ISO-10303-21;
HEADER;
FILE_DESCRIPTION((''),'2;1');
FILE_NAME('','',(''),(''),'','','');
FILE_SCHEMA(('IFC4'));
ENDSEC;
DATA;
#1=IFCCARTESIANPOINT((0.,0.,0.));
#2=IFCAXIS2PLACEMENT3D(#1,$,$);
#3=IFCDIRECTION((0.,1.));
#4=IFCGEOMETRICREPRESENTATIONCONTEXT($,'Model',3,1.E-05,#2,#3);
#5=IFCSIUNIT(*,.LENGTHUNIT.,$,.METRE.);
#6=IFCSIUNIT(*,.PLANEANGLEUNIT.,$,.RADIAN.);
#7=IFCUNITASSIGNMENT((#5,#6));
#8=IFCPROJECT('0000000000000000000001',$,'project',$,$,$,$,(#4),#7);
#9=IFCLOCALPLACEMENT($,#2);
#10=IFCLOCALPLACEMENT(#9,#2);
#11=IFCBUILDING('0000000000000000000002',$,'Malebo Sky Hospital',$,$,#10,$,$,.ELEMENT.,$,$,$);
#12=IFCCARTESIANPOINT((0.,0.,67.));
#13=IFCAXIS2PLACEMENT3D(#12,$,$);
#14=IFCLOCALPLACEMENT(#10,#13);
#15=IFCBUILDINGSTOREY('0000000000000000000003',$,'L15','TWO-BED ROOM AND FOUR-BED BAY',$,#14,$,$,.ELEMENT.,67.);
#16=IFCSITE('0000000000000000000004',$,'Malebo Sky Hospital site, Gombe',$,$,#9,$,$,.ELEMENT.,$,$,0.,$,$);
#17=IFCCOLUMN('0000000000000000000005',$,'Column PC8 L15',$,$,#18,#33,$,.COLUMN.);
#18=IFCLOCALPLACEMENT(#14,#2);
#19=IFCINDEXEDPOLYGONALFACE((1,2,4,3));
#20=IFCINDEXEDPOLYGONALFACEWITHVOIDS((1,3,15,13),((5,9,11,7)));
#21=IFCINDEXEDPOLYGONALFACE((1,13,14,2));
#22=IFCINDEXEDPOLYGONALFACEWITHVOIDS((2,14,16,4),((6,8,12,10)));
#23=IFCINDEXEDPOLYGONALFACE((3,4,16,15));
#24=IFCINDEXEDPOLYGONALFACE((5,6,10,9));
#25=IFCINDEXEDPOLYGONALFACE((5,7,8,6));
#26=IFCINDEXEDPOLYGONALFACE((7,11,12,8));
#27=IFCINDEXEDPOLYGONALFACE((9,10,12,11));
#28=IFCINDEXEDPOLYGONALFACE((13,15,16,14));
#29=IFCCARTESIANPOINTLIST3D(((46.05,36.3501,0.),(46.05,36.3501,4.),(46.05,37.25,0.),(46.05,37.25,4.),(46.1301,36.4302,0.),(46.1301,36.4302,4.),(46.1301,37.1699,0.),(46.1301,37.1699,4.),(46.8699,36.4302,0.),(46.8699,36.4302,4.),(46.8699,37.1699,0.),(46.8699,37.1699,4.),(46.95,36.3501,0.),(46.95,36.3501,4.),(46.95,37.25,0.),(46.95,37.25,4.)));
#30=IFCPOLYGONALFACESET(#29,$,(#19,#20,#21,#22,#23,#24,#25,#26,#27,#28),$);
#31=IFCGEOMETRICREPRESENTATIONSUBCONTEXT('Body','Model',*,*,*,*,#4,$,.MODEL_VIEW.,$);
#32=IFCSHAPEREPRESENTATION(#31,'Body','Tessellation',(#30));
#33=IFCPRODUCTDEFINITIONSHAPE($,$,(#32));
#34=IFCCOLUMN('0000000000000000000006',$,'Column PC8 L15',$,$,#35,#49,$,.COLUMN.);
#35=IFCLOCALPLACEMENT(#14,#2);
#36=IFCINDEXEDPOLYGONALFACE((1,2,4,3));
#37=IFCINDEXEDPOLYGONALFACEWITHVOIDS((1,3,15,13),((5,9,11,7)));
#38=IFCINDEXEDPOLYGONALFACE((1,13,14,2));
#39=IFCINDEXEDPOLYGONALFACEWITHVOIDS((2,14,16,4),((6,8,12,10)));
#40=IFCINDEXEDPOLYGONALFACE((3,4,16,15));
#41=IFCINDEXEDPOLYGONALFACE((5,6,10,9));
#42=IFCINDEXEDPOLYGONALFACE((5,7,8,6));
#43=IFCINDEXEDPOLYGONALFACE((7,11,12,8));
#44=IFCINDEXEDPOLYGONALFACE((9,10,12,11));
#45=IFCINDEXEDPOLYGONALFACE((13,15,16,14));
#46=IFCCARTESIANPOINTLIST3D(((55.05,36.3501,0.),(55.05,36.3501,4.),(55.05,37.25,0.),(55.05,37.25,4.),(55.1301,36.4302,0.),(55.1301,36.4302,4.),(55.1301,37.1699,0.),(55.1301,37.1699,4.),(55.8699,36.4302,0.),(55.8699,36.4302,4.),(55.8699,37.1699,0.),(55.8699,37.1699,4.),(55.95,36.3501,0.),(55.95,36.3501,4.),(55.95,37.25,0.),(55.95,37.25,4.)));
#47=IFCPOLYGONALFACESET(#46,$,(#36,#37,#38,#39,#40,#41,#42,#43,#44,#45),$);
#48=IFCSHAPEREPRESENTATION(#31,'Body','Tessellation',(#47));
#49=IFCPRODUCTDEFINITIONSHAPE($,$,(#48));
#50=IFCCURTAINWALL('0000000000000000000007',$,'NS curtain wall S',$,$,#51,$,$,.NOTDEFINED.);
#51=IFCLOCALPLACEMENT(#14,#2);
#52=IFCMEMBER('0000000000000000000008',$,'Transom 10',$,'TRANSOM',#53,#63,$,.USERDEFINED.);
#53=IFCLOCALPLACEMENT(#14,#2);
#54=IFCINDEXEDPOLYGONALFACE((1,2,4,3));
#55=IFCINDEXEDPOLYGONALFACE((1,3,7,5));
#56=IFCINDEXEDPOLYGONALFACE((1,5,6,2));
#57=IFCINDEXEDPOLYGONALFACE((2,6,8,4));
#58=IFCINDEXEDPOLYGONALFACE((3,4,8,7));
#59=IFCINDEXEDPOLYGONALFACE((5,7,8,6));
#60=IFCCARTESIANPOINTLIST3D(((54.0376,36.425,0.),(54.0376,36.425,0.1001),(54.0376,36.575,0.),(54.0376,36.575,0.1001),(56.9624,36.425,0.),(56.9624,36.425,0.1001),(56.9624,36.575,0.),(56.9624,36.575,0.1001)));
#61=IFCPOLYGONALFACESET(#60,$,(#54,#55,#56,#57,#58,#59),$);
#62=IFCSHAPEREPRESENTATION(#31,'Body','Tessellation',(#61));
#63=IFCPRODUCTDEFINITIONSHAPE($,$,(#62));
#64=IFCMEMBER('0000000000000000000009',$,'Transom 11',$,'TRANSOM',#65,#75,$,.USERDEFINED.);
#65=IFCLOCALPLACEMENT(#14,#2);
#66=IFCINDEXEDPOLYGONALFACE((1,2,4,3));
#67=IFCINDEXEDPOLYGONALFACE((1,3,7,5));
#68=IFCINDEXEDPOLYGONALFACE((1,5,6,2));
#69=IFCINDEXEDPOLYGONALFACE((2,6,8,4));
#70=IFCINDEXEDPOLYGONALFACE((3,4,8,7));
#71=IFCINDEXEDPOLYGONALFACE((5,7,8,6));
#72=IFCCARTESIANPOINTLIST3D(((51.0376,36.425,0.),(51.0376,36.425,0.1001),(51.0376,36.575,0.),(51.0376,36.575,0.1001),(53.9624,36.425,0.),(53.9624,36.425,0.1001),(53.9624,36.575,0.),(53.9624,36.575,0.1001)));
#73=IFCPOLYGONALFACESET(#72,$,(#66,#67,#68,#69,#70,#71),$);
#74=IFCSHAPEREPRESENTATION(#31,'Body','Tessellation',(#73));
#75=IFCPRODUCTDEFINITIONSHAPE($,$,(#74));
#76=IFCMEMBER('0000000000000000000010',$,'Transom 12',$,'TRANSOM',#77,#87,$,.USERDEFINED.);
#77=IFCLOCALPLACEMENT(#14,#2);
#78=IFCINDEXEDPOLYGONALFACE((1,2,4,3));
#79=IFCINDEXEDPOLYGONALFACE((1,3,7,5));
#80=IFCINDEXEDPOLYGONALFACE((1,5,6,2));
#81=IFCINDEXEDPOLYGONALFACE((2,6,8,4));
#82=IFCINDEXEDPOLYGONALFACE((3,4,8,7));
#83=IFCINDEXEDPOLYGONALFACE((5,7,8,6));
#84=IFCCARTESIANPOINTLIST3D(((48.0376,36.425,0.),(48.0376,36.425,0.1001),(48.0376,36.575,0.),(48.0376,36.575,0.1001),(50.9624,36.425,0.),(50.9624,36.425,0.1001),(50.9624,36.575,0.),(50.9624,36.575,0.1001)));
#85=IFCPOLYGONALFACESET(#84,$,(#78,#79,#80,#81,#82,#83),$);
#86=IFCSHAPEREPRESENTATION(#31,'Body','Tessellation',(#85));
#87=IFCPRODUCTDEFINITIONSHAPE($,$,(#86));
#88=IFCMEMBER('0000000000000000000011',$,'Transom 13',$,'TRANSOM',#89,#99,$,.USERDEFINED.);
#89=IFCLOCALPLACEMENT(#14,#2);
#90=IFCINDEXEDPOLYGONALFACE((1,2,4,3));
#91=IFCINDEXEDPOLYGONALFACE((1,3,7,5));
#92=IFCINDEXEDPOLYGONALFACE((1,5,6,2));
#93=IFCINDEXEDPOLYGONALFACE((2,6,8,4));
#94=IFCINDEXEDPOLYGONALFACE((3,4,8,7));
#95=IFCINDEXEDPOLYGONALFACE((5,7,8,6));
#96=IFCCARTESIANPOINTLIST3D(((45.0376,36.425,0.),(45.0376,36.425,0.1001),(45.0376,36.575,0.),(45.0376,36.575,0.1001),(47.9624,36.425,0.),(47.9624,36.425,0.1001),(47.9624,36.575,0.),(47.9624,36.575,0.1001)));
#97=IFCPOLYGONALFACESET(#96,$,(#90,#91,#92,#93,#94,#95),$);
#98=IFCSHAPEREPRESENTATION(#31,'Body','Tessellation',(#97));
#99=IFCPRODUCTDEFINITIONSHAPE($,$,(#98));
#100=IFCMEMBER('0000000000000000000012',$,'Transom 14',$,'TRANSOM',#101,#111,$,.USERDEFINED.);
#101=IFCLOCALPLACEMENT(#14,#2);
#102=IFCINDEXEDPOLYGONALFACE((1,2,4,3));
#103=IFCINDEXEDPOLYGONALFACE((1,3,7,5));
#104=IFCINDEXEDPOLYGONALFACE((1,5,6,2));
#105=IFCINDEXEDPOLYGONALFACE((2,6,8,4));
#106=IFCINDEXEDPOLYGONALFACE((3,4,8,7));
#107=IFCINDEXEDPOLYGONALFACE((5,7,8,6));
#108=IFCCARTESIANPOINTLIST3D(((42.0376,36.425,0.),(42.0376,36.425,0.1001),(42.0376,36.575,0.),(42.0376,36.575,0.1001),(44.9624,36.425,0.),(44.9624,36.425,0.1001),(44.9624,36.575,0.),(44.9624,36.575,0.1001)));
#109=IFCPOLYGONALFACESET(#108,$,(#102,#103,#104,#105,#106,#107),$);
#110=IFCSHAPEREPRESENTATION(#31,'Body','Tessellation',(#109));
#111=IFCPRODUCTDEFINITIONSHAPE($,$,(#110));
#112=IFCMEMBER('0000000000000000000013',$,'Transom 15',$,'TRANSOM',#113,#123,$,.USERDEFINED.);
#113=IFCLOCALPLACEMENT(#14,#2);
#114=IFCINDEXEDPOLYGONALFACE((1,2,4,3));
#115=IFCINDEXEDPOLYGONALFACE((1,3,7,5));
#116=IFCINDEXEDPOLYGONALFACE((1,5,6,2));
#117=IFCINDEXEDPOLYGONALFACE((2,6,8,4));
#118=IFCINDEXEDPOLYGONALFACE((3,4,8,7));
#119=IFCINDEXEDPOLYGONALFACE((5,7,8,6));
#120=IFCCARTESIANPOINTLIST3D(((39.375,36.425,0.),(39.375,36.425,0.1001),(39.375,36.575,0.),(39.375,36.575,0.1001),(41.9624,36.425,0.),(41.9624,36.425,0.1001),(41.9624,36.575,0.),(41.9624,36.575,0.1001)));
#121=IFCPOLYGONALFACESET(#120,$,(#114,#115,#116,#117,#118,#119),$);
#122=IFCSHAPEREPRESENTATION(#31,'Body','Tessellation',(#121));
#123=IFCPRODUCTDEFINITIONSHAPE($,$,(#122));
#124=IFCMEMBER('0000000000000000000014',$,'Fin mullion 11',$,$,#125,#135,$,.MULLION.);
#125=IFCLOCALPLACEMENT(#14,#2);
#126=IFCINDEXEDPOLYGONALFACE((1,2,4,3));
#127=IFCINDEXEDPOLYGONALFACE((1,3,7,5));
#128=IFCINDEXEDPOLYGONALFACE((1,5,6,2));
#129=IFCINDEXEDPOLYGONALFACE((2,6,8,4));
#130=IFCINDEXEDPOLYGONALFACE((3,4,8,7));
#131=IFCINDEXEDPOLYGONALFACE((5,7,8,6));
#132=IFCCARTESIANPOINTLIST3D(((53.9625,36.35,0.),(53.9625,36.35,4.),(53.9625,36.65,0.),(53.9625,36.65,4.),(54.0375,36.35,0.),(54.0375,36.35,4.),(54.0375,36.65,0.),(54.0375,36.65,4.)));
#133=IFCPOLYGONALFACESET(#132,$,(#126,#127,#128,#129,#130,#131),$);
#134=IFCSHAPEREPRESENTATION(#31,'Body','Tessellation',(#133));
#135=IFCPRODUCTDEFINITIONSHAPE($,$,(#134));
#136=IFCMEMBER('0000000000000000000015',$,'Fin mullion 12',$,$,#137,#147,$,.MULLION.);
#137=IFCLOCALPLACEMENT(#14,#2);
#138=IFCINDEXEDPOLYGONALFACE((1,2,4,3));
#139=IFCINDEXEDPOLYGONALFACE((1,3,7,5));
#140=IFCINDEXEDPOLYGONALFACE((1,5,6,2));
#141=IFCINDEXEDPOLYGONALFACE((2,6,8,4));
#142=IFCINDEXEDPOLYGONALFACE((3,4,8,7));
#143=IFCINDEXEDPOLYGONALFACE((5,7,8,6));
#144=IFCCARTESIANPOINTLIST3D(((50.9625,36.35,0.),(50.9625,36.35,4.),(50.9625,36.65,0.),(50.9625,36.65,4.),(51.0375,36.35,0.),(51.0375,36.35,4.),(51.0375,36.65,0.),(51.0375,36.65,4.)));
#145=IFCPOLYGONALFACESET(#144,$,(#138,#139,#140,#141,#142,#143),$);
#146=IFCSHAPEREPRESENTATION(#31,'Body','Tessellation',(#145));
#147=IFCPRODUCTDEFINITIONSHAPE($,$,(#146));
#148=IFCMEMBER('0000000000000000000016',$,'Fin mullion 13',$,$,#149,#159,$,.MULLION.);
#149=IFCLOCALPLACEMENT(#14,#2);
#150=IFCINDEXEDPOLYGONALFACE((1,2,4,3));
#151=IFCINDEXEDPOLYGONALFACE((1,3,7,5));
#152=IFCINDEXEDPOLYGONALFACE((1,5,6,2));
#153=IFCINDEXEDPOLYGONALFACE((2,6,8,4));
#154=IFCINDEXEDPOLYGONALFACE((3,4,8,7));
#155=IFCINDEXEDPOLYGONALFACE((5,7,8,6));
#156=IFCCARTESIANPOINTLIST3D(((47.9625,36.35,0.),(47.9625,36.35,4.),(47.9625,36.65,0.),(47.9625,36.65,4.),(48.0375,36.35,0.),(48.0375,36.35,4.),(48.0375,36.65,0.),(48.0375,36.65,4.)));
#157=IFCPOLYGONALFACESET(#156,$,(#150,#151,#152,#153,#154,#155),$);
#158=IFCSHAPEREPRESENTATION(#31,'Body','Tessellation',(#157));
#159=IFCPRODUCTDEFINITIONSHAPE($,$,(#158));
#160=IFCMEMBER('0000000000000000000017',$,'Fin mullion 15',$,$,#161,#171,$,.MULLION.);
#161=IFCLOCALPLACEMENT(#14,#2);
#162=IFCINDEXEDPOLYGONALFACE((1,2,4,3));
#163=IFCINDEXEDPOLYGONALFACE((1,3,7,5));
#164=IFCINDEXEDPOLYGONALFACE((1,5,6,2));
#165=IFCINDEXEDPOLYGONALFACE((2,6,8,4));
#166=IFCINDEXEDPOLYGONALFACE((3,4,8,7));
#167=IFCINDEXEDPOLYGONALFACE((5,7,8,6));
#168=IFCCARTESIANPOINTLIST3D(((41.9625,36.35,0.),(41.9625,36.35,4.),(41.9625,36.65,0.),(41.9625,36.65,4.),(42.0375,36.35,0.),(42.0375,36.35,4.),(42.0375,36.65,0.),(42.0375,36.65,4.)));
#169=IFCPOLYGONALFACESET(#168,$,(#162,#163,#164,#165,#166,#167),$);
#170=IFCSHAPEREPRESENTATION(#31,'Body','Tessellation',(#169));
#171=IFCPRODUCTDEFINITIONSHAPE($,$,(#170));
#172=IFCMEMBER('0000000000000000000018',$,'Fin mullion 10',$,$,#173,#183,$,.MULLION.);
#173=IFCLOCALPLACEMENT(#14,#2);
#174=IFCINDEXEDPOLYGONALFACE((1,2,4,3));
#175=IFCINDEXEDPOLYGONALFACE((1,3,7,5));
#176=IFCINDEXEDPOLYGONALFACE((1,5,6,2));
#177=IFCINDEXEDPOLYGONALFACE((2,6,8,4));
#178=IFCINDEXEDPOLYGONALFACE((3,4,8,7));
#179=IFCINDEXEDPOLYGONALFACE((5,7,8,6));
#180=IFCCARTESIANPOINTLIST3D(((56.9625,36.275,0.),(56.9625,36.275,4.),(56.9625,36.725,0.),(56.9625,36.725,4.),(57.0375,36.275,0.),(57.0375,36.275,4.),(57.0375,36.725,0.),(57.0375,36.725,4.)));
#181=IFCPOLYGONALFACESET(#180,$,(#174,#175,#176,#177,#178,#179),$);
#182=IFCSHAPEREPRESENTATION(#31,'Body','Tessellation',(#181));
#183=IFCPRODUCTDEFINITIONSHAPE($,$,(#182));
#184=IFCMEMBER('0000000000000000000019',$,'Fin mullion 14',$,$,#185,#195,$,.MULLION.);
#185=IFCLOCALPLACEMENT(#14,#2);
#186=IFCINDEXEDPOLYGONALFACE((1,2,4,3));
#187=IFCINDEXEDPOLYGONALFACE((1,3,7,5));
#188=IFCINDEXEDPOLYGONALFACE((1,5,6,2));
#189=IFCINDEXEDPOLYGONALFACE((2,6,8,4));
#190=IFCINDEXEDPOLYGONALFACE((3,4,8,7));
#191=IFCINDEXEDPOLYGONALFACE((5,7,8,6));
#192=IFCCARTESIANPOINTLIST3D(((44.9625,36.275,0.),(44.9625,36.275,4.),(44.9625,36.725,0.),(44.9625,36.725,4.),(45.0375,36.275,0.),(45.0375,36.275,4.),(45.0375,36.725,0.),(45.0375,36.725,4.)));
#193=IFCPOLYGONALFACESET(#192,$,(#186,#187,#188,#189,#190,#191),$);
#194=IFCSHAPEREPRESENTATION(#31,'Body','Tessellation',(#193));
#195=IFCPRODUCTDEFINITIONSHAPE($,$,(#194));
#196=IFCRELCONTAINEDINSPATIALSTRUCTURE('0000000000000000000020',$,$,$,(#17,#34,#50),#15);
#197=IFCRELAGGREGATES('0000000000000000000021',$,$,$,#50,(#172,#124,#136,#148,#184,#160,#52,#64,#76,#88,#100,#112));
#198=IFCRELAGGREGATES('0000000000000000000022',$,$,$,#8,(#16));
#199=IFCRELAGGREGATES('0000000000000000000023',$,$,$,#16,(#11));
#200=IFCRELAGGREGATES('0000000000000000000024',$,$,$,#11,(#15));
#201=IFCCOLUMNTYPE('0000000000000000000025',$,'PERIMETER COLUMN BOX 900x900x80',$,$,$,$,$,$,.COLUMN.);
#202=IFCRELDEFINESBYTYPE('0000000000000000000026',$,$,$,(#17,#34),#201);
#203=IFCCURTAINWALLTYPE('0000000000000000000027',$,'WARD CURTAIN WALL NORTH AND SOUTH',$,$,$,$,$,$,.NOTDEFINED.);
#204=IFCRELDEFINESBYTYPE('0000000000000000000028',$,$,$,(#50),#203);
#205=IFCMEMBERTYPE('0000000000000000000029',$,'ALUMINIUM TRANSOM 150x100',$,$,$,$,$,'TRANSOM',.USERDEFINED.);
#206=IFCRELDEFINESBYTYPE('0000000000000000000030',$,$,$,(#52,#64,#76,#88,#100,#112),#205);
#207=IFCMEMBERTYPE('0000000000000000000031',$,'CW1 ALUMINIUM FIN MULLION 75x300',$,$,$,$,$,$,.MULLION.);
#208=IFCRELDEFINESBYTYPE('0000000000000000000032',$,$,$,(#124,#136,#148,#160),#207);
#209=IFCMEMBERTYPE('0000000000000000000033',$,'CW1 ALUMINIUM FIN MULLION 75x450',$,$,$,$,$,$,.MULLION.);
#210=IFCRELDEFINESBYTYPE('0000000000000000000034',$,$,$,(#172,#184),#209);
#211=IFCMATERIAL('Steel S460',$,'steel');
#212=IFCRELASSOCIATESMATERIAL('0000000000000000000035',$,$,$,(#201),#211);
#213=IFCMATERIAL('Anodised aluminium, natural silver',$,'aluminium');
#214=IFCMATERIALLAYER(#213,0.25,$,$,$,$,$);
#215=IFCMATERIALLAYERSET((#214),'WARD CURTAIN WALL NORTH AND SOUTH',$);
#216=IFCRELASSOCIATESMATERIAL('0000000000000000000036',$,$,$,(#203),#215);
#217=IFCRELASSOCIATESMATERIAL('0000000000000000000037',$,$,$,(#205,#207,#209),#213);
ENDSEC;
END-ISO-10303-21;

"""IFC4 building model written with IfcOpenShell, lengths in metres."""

from ifc_helpers import new_model, si_unit, direction, frame, origin, origin_2d, place, context, subcontext, project, spatial, rectangle, hollow_rectangle, extrude, material, layer, layer_set, material_profile, profile_set, type_object, element, aggregate, save


model = new_model("IFC4")

# Units and contexts
model_context = context("Model", 3, precision=1e-05, world=origin(), true_north=direction((0.0, 1.0)))
body_context = subcontext(model_context, "Body", "Model", "MODEL_VIEW")
ifc_project = project(units=[si_unit("LENGTHUNIT", "METRE"), si_unit("PLANEANGLEUNIT", "RADIAN")], contexts=[model_context])

# Site, building, storey
site_placement = place(None, origin())
site = spatial("IfcSite", under=ifc_project, at=site_placement, Name="Malebo Sky Hospital site, Gombe", CompositionType="ELEMENT", RefElevation=0.0)
building_placement = place(site_placement, origin())
building = spatial("IfcBuilding", under=site, at=building_placement, Name="Malebo Sky Hospital", CompositionType="ELEMENT")
storey_placement = place(building_placement, frame((0.0, 0.0, 67.0)))
storey = spatial("IfcBuildingStorey", under=building, at=storey_placement, Name="L15", Description="TWO-BED ROOM AND FOUR-BED BAY", CompositionType="ELEMENT", Elevation=67.0)

# Columns
ifc_material_1 = material(Name="Steel S460", Category="steel")
ifc_material_profile_1 = material_profile(ifc_material_1, hollow_rectangle(XDim=0.8999, YDim=0.8999, WallThickness=0.0801, at=origin_2d()), Name="BOX 900x900x80")
ifc_profile_set_1 = profile_set([ifc_material_profile_1], Name="Steel S460")
column_type = type_object("IfcColumnType", Name="PERIMETER COLUMN BOX 900x900x80", PredefinedType="COLUMN", material=ifc_profile_set_1)
for number, where, z_axis, x_axis, name in (
    (1, (46.5, 36.8, 0.0), (0.0, 0.0, 1.0), (1.0, 0.0, 0.0), "Column PC8 L15"),
    (2, (55.5, 36.8, 0.0), (0.0, 0.0, 1.0), (1.0, 0.0, 0.0), "Column PC8 L15"),
):
    element("IfcColumn", number, at=place(storey_placement, frame(where, z_axis=z_axis, x_axis=x_axis)), inside=storey, type_object=column_type, Name=name, PredefinedType="COLUMN", context=body_context, shape_type="SweptSolid", body=[
        extrude(hollow_rectangle(XDim=0.8999, YDim=0.8999, WallThickness=0.0801, at=origin_2d()), origin(), (0.0, 0.0, 1.0), 4.0),
    ])

# Curtain wall, members
ifc_material_2 = material(Name="Anodised aluminium, natural silver", Category="aluminium")
ifc_layer_1 = layer(ifc_material_2, 0.25)
ifc_layer_set_1 = layer_set([ifc_layer_1], Name="WARD CURTAIN WALL NORTH AND SOUTH")
curtain_wall_type = type_object("IfcCurtainWallType", Name="WARD CURTAIN WALL NORTH AND SOUTH", PredefinedType="NOTDEFINED", material=ifc_layer_set_1)
curtain_wall_placement = place(storey_placement, origin())
curtain_wall = element("IfcCurtainWall", 3, at=curtain_wall_placement, inside=storey, type_object=curtain_wall_type, Name="NS curtain wall S", PredefinedType="NOTDEFINED")
ifc_material_profile_2 = material_profile(ifc_material_2, rectangle(XDim=0.1499, YDim=0.1001, at=origin_2d()), Name="ALUMINIUM TRANSOM 150x100")
ifc_profile_set_2 = profile_set([ifc_material_profile_2], Name="Anodised aluminium, natural silver")
member_type_1 = type_object("IfcMemberType", Name="ALUMINIUM TRANSOM 150x100", ElementType="TRANSOM", PredefinedType="USERDEFINED", material=ifc_profile_set_2)
member_1_placement = place(storey_placement, frame((56.9624, 36.5, 0.05), z_axis=(-1.0, 0.0, 0.0), x_axis=(0.0, -1.0, 0.0)))
member_1 = element("IfcMember", 4, at=member_1_placement, type_object=member_type_1, Name="Transom 10", ObjectType="TRANSOM", PredefinedType="USERDEFINED", context=body_context, shape_type="SweptSolid", body=[
    extrude(rectangle(XDim=0.1499, YDim=0.1001, at=origin_2d()), origin(), (0.0, 0.0, 1.0), 2.9248),
])
member_2_placement = place(storey_placement, frame((53.9624, 36.5, 0.05), z_axis=(-1.0, 0.0, 0.0), x_axis=(0.0, -1.0, 0.0)))
member_2 = element("IfcMember", 5, at=member_2_placement, type_object=member_type_1, Name="Transom 11", ObjectType="TRANSOM", PredefinedType="USERDEFINED", context=body_context, shape_type="SweptSolid", body=[
    extrude(rectangle(XDim=0.1499, YDim=0.1001, at=origin_2d()), origin(), (0.0, 0.0, 1.0), 2.9248),
])
member_3_placement = place(storey_placement, frame((50.9624, 36.5, 0.05), z_axis=(-1.0, 0.0, 0.0), x_axis=(0.0, -1.0, 0.0)))
member_3 = element("IfcMember", 6, at=member_3_placement, type_object=member_type_1, Name="Transom 12", ObjectType="TRANSOM", PredefinedType="USERDEFINED", context=body_context, shape_type="SweptSolid", body=[
    extrude(rectangle(XDim=0.1499, YDim=0.1001, at=origin_2d()), origin(), (0.0, 0.0, 1.0), 2.9248),
])
member_4_placement = place(storey_placement, frame((47.9624, 36.5, 0.05), z_axis=(-1.0, 0.0, 0.0), x_axis=(0.0, -1.0, 0.0)))
member_4 = element("IfcMember", 7, at=member_4_placement, type_object=member_type_1, Name="Transom 13", ObjectType="TRANSOM", PredefinedType="USERDEFINED", context=body_context, shape_type="SweptSolid", body=[
    extrude(rectangle(XDim=0.1499, YDim=0.1001, at=origin_2d()), origin(), (0.0, 0.0, 1.0), 2.9248),
])
member_5_placement = place(storey_placement, frame((44.9624, 36.5, 0.05), z_axis=(-1.0, 0.0, 0.0), x_axis=(0.0, -1.0, 0.0)))
member_5 = element("IfcMember", 8, at=member_5_placement, type_object=member_type_1, Name="Transom 14", ObjectType="TRANSOM", PredefinedType="USERDEFINED", context=body_context, shape_type="SweptSolid", body=[
    extrude(rectangle(XDim=0.1499, YDim=0.1001, at=origin_2d()), origin(), (0.0, 0.0, 1.0), 2.9248),
])
member_6_placement = place(storey_placement, frame((41.9624, 36.5, 0.05), z_axis=(-1.0, 0.0, 0.0), x_axis=(0.0, -1.0, 0.0)))
member_6 = element("IfcMember", 9, at=member_6_placement, type_object=member_type_1, Name="Transom 15", ObjectType="TRANSOM", PredefinedType="USERDEFINED", context=body_context, shape_type="SweptSolid", body=[
    extrude(rectangle(XDim=0.1499, YDim=0.1001, at=origin_2d()), origin(), (0.0, 0.0, 1.0), 2.5874),
])
ifc_material_profile_3 = material_profile(ifc_material_2, rectangle(XDim=0.075, YDim=0.3, at=origin_2d()), Name="CW1 ALUMINIUM FIN MULLION 75x300")
ifc_profile_set_3 = profile_set([ifc_material_profile_3], Name="Anodised aluminium, natural silver")
member_type_2 = type_object("IfcMemberType", Name="CW1 ALUMINIUM FIN MULLION 75x300", PredefinedType="MULLION", material=ifc_profile_set_3)
member_7_placement = place(storey_placement, frame((54.0, 36.5, 0.0), z_axis=(0.0, 0.0, 1.0), x_axis=(-1.0, 0.0, 0.0)))
member_7 = element("IfcMember", 10, at=member_7_placement, type_object=member_type_2, Name="Fin mullion 11", PredefinedType="MULLION", context=body_context, shape_type="SweptSolid", body=[
    extrude(rectangle(XDim=0.075, YDim=0.3, at=origin_2d()), origin(), (0.0, 0.0, 1.0), 4.0),
])
member_8_placement = place(storey_placement, frame((51.0, 36.5, 0.0), z_axis=(0.0, 0.0, 1.0), x_axis=(-1.0, 0.0, 0.0)))
member_8 = element("IfcMember", 11, at=member_8_placement, type_object=member_type_2, Name="Fin mullion 12", PredefinedType="MULLION", context=body_context, shape_type="SweptSolid", body=[
    extrude(rectangle(XDim=0.075, YDim=0.3, at=origin_2d()), origin(), (0.0, 0.0, 1.0), 4.0),
])
member_9_placement = place(storey_placement, frame((48.0, 36.5, 0.0), z_axis=(0.0, 0.0, 1.0), x_axis=(-1.0, 0.0, 0.0)))
member_9 = element("IfcMember", 12, at=member_9_placement, type_object=member_type_2, Name="Fin mullion 13", PredefinedType="MULLION", context=body_context, shape_type="SweptSolid", body=[
    extrude(rectangle(XDim=0.075, YDim=0.3, at=origin_2d()), origin(), (0.0, 0.0, 1.0), 4.0),
])
member_10_placement = place(storey_placement, frame((42.0, 36.5, 0.0), z_axis=(0.0, 0.0, 1.0), x_axis=(-1.0, 0.0, 0.0)))
member_10 = element("IfcMember", 13, at=member_10_placement, type_object=member_type_2, Name="Fin mullion 15", PredefinedType="MULLION", context=body_context, shape_type="SweptSolid", body=[
    extrude(rectangle(XDim=0.075, YDim=0.3, at=origin_2d()), origin(), (0.0, 0.0, 1.0), 4.0),
])
ifc_material_profile_4 = material_profile(ifc_material_2, rectangle(XDim=0.075, YDim=0.45, at=origin_2d()), Name="CW1 ALUMINIUM FIN MULLION 75x450")
ifc_profile_set_4 = profile_set([ifc_material_profile_4], Name="Anodised aluminium, natural silver")
member_type_3 = type_object("IfcMemberType", Name="CW1 ALUMINIUM FIN MULLION 75x450", PredefinedType="MULLION", material=ifc_profile_set_4)
member_11_placement = place(storey_placement, frame((57.0, 36.5, 0.0), z_axis=(0.0, 0.0, 1.0), x_axis=(-1.0, 0.0, 0.0)))
member_11 = element("IfcMember", 14, at=member_11_placement, type_object=member_type_3, Name="Fin mullion 10", PredefinedType="MULLION", context=body_context, shape_type="SweptSolid", body=[
    extrude(rectangle(XDim=0.075, YDim=0.45, at=origin_2d()), origin(), (0.0, 0.0, 1.0), 4.0),
])
member_12_placement = place(storey_placement, frame((45.0, 36.5, 0.0), z_axis=(0.0, 0.0, 1.0), x_axis=(-1.0, 0.0, 0.0)))
member_12 = element("IfcMember", 15, at=member_12_placement, type_object=member_type_3, Name="Fin mullion 14", PredefinedType="MULLION", context=body_context, shape_type="SweptSolid", body=[
    extrude(rectangle(XDim=0.075, YDim=0.45, at=origin_2d()), origin(), (0.0, 0.0, 1.0), 4.0),
])

aggregate(curtain_wall, [member_11, member_7, member_8, member_9, member_12, member_10, member_1, member_2, member_3, member_4, member_5, member_6])

save(model, "model.ifc")
